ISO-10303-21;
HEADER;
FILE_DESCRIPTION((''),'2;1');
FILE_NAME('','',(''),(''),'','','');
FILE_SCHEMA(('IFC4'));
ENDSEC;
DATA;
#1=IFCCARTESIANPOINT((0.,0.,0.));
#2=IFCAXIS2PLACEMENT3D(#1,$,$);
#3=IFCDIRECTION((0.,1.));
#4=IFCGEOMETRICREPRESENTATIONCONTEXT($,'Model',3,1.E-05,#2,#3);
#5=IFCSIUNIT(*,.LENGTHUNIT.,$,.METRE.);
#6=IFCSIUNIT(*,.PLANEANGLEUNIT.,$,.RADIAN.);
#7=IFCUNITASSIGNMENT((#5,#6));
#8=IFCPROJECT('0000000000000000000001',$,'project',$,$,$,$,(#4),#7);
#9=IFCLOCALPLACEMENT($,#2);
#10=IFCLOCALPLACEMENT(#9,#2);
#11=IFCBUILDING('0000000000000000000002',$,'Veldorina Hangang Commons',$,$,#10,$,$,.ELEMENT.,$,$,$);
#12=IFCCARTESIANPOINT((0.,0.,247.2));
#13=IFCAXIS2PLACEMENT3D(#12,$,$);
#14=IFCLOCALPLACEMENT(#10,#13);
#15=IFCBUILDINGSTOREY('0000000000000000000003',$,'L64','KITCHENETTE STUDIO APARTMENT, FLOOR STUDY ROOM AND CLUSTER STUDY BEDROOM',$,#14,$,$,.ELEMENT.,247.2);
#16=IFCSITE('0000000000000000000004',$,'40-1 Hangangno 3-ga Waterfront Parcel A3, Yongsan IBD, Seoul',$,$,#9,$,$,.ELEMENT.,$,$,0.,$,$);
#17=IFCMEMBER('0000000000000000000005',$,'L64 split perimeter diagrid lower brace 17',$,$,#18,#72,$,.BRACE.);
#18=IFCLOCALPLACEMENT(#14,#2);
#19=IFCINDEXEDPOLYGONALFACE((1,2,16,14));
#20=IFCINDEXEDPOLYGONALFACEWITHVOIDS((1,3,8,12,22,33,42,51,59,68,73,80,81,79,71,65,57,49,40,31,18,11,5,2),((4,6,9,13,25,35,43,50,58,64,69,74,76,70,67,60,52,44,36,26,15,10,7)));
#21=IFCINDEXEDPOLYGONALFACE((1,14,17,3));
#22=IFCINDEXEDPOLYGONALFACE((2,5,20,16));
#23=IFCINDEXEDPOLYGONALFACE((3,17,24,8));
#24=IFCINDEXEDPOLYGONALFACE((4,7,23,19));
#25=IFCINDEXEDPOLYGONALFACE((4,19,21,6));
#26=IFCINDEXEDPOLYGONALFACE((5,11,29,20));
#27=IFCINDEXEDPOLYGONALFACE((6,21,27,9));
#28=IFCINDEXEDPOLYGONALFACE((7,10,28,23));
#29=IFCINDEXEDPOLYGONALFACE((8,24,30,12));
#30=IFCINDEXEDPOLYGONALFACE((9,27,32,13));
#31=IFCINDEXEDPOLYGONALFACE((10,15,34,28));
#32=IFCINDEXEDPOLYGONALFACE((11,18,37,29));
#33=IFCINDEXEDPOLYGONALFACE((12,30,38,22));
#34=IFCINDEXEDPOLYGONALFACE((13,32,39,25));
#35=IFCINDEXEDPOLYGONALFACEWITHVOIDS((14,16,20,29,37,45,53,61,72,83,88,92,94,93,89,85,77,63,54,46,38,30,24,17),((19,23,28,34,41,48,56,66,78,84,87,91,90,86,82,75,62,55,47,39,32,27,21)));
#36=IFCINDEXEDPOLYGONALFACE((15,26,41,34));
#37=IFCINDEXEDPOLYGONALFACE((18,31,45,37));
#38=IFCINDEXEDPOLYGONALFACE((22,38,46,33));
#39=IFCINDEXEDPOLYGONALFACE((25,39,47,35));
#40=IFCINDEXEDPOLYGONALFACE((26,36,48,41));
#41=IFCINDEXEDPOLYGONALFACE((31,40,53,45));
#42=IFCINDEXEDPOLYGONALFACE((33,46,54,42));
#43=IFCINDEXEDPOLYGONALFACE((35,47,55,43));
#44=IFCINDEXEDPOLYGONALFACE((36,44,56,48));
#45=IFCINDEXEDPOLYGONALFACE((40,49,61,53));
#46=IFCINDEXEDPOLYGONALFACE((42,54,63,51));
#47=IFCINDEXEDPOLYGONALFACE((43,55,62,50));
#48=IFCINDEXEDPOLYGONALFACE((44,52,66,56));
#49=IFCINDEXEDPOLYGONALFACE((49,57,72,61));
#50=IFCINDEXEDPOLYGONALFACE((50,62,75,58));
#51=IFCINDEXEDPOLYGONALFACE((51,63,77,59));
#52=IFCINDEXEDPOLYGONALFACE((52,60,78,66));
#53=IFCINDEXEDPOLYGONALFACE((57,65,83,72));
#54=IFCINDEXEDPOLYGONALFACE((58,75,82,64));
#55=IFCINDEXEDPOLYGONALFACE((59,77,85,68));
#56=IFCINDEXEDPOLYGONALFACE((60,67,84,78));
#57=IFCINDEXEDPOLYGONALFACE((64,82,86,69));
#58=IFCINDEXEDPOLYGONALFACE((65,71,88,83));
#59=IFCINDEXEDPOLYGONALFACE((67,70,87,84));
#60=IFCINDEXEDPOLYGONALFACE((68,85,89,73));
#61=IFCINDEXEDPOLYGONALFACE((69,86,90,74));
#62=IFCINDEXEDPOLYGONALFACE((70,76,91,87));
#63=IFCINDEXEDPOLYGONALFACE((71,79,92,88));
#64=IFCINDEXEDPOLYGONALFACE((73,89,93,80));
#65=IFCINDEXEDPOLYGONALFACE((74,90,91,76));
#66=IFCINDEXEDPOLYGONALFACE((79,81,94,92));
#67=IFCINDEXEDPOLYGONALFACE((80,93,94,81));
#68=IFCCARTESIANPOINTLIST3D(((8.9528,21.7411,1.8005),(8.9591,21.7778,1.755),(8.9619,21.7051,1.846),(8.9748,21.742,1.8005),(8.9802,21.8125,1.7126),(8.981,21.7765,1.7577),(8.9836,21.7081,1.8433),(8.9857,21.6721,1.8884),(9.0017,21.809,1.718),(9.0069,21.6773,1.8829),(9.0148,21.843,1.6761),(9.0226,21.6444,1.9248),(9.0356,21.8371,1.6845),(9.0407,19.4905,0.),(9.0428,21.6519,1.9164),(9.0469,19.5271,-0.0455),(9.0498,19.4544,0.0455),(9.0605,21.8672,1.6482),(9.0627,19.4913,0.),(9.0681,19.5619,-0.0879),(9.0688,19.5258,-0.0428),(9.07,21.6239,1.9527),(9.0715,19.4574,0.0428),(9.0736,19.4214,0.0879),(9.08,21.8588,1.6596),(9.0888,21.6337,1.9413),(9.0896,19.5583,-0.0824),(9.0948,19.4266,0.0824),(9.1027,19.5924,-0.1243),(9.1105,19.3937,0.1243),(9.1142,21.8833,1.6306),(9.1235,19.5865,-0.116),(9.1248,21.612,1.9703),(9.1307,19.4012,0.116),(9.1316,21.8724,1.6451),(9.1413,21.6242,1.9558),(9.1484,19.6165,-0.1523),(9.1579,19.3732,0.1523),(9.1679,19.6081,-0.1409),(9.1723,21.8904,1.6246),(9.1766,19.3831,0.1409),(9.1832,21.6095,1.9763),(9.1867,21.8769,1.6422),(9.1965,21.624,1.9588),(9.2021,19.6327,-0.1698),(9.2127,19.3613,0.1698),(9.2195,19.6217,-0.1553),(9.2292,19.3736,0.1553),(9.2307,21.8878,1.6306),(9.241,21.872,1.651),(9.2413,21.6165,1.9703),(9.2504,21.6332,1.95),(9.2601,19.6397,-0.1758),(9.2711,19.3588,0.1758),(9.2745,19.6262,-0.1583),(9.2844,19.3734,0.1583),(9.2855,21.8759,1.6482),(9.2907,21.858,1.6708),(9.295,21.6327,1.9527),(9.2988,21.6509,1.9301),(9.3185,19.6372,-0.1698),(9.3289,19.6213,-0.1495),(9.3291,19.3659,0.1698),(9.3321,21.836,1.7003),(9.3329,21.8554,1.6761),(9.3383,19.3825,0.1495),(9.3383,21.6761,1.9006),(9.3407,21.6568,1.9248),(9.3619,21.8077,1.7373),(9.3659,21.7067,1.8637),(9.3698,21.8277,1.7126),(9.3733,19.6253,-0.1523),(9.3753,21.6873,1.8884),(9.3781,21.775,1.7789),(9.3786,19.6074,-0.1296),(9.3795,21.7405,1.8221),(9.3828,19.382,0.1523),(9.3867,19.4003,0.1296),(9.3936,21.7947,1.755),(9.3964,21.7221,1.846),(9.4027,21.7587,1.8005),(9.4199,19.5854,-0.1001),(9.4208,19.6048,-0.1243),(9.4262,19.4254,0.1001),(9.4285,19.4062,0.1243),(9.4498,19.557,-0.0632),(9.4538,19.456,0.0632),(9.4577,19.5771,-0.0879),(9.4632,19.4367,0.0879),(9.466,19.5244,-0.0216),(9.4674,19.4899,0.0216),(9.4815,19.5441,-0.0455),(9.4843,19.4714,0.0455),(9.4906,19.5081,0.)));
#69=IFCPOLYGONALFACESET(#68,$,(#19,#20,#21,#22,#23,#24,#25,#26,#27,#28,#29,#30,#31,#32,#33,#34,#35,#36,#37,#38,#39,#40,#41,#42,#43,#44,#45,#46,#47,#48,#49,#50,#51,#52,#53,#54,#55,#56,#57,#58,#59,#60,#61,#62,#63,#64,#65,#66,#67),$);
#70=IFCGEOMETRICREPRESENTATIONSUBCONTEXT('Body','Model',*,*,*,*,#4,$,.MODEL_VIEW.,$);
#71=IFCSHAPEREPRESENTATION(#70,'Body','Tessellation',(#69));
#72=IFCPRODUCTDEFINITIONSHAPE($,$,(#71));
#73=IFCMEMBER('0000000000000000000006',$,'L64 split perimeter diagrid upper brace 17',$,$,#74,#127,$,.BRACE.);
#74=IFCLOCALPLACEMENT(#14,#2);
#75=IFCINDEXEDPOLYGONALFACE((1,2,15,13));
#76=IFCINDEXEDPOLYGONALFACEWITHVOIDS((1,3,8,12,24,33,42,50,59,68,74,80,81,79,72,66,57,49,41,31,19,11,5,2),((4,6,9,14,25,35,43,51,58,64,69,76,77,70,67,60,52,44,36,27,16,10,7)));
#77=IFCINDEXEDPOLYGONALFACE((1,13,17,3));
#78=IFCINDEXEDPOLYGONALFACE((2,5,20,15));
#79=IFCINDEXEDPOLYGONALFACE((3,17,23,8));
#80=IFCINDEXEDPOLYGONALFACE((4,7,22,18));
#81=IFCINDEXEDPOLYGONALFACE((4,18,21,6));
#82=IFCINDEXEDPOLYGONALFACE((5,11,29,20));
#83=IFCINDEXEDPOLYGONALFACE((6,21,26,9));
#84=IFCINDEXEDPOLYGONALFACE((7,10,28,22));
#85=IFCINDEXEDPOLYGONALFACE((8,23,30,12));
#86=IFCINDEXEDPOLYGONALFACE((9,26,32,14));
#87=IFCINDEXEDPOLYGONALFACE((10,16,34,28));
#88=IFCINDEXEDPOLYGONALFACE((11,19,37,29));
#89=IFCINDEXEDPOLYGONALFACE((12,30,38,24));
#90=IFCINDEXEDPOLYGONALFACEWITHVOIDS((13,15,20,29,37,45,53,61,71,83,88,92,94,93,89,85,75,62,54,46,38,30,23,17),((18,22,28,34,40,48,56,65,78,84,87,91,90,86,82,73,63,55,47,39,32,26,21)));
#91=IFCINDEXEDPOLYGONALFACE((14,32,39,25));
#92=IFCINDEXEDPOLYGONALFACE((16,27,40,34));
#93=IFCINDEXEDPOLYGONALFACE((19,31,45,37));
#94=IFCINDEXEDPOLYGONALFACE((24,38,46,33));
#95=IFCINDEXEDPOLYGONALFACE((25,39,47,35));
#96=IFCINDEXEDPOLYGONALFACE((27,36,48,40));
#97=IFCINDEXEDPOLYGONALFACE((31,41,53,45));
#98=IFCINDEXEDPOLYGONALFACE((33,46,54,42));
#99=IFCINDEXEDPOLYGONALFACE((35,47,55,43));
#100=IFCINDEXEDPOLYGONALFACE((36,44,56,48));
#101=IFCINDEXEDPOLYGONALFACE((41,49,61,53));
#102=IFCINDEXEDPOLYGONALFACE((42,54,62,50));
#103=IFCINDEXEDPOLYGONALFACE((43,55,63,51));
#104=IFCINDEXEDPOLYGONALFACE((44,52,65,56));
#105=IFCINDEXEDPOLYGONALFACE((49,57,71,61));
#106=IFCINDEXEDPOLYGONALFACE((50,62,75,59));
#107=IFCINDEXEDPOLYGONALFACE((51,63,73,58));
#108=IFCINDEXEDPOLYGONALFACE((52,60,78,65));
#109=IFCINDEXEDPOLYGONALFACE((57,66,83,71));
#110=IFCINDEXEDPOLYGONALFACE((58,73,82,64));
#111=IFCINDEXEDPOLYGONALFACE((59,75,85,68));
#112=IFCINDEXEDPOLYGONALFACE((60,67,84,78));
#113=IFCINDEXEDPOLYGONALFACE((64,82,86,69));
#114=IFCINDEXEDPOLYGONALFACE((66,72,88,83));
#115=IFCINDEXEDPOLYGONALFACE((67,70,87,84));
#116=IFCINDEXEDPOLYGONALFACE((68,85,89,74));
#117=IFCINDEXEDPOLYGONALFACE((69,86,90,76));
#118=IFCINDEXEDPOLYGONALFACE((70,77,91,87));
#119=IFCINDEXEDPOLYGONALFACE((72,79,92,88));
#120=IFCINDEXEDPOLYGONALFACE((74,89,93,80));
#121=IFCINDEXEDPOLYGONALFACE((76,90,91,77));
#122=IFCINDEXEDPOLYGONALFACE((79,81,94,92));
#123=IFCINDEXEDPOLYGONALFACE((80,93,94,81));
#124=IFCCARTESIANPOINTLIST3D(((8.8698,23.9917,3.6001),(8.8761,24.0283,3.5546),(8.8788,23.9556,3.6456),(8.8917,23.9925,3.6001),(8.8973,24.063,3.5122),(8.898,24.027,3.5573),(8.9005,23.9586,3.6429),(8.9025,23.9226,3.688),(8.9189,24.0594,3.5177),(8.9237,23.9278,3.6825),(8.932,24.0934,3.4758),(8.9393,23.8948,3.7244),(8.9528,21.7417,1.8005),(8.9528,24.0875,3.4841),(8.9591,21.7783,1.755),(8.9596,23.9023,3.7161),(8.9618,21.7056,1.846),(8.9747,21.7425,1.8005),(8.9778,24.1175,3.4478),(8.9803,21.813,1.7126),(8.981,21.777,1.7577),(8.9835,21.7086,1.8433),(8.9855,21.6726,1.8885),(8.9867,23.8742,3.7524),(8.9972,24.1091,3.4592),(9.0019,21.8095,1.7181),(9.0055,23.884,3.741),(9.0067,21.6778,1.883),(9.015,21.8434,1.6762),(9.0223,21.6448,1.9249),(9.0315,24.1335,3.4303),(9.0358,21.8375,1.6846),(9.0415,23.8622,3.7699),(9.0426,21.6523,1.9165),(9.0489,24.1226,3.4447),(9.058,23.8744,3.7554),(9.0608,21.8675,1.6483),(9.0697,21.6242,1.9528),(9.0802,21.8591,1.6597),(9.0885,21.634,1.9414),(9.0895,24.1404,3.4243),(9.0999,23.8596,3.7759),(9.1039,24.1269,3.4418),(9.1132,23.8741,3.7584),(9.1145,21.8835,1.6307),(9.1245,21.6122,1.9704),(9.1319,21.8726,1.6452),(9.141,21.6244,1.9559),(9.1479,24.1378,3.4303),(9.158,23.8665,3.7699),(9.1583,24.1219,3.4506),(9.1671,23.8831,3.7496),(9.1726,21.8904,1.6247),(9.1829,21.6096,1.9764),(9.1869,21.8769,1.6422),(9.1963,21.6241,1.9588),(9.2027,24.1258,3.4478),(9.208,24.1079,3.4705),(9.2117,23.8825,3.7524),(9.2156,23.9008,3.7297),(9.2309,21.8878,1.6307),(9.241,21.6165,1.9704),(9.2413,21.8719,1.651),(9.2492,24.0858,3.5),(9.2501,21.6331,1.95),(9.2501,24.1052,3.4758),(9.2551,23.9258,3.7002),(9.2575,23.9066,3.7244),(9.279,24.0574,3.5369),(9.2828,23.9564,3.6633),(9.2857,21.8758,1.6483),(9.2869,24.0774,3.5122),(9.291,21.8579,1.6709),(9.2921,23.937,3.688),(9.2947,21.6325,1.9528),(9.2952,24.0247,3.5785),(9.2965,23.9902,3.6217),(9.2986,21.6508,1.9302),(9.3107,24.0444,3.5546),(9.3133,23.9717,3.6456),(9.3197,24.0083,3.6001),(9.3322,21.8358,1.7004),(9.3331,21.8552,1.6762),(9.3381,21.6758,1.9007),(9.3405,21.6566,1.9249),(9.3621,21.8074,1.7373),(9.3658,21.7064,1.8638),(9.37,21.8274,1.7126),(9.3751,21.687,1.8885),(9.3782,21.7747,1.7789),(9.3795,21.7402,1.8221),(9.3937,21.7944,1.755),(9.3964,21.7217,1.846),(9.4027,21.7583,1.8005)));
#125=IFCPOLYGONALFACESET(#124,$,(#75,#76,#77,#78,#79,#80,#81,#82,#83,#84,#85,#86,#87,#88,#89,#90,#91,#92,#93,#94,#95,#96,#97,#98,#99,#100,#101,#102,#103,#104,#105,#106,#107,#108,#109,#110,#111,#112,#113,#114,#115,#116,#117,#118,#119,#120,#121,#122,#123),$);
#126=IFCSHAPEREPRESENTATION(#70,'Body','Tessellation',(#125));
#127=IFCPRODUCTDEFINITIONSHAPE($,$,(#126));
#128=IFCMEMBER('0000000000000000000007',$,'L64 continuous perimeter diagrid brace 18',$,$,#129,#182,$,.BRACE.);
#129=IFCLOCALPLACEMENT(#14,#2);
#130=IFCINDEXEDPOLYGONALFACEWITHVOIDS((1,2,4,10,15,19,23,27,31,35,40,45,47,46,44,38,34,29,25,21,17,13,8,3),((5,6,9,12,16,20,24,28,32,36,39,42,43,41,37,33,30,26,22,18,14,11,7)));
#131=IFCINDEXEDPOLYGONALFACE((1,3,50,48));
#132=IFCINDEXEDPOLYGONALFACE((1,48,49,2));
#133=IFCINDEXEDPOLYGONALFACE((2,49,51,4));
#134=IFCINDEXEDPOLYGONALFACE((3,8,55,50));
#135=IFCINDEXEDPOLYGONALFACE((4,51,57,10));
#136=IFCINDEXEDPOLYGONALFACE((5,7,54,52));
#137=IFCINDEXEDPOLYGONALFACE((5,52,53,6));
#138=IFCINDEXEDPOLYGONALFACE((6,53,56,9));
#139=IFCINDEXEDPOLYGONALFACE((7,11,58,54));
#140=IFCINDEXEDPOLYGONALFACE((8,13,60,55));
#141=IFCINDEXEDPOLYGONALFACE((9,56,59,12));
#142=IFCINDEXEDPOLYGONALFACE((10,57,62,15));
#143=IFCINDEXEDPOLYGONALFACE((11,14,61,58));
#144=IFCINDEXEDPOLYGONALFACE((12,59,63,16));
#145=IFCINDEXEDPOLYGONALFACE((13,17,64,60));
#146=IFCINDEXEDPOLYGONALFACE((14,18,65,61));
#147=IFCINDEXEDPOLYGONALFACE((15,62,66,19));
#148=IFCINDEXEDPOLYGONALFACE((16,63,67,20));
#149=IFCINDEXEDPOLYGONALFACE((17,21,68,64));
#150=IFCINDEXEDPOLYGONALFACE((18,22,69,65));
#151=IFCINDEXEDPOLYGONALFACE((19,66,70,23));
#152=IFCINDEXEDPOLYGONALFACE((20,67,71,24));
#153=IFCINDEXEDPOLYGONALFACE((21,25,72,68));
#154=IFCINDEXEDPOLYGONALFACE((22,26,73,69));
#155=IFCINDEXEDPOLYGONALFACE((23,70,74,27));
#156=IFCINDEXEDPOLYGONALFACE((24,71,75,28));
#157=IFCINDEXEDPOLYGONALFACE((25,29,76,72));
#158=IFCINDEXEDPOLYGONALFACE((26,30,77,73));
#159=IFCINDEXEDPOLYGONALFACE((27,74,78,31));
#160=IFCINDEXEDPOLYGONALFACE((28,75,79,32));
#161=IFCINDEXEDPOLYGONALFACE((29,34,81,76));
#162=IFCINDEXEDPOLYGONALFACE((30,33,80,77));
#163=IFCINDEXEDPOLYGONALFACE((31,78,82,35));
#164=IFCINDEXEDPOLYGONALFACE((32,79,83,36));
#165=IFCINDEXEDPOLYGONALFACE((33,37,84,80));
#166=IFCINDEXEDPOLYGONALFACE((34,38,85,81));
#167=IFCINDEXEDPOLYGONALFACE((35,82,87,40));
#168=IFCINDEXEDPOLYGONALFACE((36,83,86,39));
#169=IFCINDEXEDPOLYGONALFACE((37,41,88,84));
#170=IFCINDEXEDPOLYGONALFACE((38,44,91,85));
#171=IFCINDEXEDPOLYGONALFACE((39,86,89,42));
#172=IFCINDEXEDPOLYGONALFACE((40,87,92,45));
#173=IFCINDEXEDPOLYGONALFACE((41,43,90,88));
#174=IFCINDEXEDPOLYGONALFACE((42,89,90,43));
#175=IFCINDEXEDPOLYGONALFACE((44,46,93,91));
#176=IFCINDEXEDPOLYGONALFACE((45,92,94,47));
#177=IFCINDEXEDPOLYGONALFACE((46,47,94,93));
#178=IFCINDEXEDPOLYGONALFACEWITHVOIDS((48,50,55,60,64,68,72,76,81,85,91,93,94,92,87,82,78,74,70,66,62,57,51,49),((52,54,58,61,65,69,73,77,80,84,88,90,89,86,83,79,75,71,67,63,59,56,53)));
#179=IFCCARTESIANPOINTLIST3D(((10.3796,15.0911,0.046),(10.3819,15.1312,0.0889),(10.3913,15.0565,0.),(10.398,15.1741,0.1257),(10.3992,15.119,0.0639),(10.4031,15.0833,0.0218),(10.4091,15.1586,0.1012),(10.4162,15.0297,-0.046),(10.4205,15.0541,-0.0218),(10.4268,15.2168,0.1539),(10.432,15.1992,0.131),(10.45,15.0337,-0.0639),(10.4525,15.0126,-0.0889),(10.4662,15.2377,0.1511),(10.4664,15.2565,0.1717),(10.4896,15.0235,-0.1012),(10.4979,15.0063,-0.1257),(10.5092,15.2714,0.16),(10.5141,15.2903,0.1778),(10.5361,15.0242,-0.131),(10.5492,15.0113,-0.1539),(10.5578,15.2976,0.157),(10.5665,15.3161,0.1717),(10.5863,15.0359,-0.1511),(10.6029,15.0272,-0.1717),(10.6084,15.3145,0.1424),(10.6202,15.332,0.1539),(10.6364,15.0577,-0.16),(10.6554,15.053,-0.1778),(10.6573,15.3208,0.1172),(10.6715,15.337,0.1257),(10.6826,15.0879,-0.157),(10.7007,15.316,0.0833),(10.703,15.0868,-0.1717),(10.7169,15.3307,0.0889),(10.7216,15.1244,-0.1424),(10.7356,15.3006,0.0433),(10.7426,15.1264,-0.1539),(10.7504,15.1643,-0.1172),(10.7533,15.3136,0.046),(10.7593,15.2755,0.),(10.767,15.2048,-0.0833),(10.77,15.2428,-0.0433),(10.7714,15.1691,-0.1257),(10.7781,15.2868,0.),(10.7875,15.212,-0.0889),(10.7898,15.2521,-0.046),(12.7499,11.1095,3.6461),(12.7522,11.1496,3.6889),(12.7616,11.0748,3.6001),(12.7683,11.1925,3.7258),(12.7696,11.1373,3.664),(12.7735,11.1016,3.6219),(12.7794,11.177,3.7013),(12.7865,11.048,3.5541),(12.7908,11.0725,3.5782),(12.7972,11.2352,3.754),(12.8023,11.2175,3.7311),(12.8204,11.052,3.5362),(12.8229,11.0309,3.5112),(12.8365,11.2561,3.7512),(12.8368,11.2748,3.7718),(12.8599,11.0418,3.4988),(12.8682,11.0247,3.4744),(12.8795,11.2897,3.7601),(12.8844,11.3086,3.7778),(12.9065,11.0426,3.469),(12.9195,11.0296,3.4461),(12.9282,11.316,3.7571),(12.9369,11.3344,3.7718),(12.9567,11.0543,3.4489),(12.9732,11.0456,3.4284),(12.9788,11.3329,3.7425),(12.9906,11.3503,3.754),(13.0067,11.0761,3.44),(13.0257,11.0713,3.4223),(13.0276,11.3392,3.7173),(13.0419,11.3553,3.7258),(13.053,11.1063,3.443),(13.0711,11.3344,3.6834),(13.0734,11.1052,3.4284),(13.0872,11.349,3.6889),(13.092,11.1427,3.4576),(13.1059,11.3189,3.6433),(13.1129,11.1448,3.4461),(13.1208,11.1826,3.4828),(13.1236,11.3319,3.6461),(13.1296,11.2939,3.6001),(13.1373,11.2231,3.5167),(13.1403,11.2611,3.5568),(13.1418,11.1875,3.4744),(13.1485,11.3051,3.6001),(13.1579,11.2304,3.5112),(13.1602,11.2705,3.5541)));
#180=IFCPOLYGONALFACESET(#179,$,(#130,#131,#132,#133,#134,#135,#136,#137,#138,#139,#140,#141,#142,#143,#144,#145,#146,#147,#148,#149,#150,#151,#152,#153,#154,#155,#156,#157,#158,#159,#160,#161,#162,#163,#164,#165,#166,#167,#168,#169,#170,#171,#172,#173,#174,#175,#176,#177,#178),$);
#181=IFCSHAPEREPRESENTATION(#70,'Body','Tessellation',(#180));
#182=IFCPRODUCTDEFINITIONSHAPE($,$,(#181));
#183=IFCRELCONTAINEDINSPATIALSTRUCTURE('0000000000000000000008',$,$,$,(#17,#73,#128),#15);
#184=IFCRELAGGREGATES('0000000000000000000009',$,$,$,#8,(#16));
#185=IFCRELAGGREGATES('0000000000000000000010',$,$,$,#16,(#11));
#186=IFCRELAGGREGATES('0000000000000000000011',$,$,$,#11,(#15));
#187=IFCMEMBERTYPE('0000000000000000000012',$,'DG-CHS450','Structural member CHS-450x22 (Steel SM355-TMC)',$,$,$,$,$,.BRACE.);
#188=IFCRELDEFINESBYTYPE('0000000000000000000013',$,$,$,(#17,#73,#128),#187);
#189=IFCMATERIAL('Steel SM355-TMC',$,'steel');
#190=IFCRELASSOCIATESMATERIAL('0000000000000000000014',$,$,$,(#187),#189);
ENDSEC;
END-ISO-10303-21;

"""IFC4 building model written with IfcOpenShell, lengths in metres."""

from ifc_helpers import new_model, si_unit, direction, frame, origin, origin_2d, place, context, subcontext, project, spatial, hollow_circle, extrude, material, material_profile, profile_set, type_object, element, save


model = new_model("IFC4")

# Units and contexts
model_context = context("Model", 3, precision=1e-05, world=origin(), true_north=direction((0.0, 1.0)))
body_context = subcontext(model_context, "Body", "Model", "MODEL_VIEW")
ifc_project = project(units=[si_unit("LENGTHUNIT", "METRE"), si_unit("PLANEANGLEUNIT", "RADIAN")], contexts=[model_context])

# Site, building, storey
site_placement = place(None, origin())
site = spatial("IfcSite", under=ifc_project, at=site_placement, Name="40-1 Hangangno 3-ga Waterfront Parcel A3, Yongsan IBD, Seoul", CompositionType="ELEMENT", RefElevation=0.0)
building_placement = place(site_placement, origin())
building = spatial("IfcBuilding", under=site, at=building_placement, Name="Veldorina Hangang Commons", CompositionType="ELEMENT")
storey_placement = place(building_placement, frame((0.0, 0.0, 247.2)))
storey = spatial("IfcBuildingStorey", under=building, at=storey_placement, Name="L64", Description="KITCHENETTE STUDIO APARTMENT, FLOOR STUDY ROOM AND CLUSTER STUDY BEDROOM", CompositionType="ELEMENT", Elevation=247.2)

# Shared definitions
ifc_material_1 = material(Name="Steel SM355-TMC", Category="steel")

# Members
ifc_material_profile_1 = material_profile(ifc_material_1, hollow_circle(Radius=0.2251, WallThickness=0.022, at=origin_2d()), Name="CHS-450x22")
ifc_profile_set_1 = profile_set([ifc_material_profile_1], Name="Steel SM355-TMC")
member_type_1 = type_object("IfcMemberType", Name="DG-CHS450", Description="Structural member CHS-450x22 (Steel SM355-TMC)", PredefinedType="BRACE", material=ifc_profile_set_1)
member_1_placement = place(storey_placement, frame((9.2656, 19.4993, 0.0), z_axis=(-0.030479, 0.780514, 0.624394), x_axis=(-0.999238, -0.03902, 0.0)))
element("IfcMember", 1, at=member_1_placement, inside=storey, type_object=member_type_1, Name="L64 split perimeter diagrid lower brace 17", PredefinedType="BRACE", context=body_context, shape_type="SweptSolid", body=[
    extrude(hollow_circle(Radius=0.2251, WallThickness=0.022, at=origin_2d()), origin(), (0.0, 0.0, 1.0), 2.8835),
])
member_2_placement = place(storey_placement, frame((9.1777, 21.75, 1.8005), z_axis=(-0.028799, 0.780619, 0.624343), x_axis=(-0.99932, -0.036867, 0.0)))
element("IfcMember", 2, at=member_2_placement, inside=storey, type_object=member_type_1, Name="L64 split perimeter diagrid upper brace 17", PredefinedType="BRACE", context=body_context, shape_type="SweptSolid", body=[
    extrude(hollow_circle(Radius=0.2251, WallThickness=0.022, at=origin_2d()), origin(), (0.0, 0.0, 1.0), 2.8823),
])
member_3_placement = place(storey_placement, frame((10.5847, 15.1716, 0.0), z_axis=(0.403949, -0.678545, 0.613516), x_axis=(0.859264, 0.511533, 0.0)))
element("IfcMember", 3, at=member_3_placement, inside=storey, type_object=member_type_1, Name="L64 continuous perimeter diagrid brace 18", PredefinedType="BRACE", context=body_context, shape_type="SweptSolid", body=[
    extrude(hollow_circle(Radius=0.2251, WallThickness=0.022, at=origin_2d()), origin(), (0.0, 0.0, 1.0), 5.8679),
])

save(model, "model.ifc")
